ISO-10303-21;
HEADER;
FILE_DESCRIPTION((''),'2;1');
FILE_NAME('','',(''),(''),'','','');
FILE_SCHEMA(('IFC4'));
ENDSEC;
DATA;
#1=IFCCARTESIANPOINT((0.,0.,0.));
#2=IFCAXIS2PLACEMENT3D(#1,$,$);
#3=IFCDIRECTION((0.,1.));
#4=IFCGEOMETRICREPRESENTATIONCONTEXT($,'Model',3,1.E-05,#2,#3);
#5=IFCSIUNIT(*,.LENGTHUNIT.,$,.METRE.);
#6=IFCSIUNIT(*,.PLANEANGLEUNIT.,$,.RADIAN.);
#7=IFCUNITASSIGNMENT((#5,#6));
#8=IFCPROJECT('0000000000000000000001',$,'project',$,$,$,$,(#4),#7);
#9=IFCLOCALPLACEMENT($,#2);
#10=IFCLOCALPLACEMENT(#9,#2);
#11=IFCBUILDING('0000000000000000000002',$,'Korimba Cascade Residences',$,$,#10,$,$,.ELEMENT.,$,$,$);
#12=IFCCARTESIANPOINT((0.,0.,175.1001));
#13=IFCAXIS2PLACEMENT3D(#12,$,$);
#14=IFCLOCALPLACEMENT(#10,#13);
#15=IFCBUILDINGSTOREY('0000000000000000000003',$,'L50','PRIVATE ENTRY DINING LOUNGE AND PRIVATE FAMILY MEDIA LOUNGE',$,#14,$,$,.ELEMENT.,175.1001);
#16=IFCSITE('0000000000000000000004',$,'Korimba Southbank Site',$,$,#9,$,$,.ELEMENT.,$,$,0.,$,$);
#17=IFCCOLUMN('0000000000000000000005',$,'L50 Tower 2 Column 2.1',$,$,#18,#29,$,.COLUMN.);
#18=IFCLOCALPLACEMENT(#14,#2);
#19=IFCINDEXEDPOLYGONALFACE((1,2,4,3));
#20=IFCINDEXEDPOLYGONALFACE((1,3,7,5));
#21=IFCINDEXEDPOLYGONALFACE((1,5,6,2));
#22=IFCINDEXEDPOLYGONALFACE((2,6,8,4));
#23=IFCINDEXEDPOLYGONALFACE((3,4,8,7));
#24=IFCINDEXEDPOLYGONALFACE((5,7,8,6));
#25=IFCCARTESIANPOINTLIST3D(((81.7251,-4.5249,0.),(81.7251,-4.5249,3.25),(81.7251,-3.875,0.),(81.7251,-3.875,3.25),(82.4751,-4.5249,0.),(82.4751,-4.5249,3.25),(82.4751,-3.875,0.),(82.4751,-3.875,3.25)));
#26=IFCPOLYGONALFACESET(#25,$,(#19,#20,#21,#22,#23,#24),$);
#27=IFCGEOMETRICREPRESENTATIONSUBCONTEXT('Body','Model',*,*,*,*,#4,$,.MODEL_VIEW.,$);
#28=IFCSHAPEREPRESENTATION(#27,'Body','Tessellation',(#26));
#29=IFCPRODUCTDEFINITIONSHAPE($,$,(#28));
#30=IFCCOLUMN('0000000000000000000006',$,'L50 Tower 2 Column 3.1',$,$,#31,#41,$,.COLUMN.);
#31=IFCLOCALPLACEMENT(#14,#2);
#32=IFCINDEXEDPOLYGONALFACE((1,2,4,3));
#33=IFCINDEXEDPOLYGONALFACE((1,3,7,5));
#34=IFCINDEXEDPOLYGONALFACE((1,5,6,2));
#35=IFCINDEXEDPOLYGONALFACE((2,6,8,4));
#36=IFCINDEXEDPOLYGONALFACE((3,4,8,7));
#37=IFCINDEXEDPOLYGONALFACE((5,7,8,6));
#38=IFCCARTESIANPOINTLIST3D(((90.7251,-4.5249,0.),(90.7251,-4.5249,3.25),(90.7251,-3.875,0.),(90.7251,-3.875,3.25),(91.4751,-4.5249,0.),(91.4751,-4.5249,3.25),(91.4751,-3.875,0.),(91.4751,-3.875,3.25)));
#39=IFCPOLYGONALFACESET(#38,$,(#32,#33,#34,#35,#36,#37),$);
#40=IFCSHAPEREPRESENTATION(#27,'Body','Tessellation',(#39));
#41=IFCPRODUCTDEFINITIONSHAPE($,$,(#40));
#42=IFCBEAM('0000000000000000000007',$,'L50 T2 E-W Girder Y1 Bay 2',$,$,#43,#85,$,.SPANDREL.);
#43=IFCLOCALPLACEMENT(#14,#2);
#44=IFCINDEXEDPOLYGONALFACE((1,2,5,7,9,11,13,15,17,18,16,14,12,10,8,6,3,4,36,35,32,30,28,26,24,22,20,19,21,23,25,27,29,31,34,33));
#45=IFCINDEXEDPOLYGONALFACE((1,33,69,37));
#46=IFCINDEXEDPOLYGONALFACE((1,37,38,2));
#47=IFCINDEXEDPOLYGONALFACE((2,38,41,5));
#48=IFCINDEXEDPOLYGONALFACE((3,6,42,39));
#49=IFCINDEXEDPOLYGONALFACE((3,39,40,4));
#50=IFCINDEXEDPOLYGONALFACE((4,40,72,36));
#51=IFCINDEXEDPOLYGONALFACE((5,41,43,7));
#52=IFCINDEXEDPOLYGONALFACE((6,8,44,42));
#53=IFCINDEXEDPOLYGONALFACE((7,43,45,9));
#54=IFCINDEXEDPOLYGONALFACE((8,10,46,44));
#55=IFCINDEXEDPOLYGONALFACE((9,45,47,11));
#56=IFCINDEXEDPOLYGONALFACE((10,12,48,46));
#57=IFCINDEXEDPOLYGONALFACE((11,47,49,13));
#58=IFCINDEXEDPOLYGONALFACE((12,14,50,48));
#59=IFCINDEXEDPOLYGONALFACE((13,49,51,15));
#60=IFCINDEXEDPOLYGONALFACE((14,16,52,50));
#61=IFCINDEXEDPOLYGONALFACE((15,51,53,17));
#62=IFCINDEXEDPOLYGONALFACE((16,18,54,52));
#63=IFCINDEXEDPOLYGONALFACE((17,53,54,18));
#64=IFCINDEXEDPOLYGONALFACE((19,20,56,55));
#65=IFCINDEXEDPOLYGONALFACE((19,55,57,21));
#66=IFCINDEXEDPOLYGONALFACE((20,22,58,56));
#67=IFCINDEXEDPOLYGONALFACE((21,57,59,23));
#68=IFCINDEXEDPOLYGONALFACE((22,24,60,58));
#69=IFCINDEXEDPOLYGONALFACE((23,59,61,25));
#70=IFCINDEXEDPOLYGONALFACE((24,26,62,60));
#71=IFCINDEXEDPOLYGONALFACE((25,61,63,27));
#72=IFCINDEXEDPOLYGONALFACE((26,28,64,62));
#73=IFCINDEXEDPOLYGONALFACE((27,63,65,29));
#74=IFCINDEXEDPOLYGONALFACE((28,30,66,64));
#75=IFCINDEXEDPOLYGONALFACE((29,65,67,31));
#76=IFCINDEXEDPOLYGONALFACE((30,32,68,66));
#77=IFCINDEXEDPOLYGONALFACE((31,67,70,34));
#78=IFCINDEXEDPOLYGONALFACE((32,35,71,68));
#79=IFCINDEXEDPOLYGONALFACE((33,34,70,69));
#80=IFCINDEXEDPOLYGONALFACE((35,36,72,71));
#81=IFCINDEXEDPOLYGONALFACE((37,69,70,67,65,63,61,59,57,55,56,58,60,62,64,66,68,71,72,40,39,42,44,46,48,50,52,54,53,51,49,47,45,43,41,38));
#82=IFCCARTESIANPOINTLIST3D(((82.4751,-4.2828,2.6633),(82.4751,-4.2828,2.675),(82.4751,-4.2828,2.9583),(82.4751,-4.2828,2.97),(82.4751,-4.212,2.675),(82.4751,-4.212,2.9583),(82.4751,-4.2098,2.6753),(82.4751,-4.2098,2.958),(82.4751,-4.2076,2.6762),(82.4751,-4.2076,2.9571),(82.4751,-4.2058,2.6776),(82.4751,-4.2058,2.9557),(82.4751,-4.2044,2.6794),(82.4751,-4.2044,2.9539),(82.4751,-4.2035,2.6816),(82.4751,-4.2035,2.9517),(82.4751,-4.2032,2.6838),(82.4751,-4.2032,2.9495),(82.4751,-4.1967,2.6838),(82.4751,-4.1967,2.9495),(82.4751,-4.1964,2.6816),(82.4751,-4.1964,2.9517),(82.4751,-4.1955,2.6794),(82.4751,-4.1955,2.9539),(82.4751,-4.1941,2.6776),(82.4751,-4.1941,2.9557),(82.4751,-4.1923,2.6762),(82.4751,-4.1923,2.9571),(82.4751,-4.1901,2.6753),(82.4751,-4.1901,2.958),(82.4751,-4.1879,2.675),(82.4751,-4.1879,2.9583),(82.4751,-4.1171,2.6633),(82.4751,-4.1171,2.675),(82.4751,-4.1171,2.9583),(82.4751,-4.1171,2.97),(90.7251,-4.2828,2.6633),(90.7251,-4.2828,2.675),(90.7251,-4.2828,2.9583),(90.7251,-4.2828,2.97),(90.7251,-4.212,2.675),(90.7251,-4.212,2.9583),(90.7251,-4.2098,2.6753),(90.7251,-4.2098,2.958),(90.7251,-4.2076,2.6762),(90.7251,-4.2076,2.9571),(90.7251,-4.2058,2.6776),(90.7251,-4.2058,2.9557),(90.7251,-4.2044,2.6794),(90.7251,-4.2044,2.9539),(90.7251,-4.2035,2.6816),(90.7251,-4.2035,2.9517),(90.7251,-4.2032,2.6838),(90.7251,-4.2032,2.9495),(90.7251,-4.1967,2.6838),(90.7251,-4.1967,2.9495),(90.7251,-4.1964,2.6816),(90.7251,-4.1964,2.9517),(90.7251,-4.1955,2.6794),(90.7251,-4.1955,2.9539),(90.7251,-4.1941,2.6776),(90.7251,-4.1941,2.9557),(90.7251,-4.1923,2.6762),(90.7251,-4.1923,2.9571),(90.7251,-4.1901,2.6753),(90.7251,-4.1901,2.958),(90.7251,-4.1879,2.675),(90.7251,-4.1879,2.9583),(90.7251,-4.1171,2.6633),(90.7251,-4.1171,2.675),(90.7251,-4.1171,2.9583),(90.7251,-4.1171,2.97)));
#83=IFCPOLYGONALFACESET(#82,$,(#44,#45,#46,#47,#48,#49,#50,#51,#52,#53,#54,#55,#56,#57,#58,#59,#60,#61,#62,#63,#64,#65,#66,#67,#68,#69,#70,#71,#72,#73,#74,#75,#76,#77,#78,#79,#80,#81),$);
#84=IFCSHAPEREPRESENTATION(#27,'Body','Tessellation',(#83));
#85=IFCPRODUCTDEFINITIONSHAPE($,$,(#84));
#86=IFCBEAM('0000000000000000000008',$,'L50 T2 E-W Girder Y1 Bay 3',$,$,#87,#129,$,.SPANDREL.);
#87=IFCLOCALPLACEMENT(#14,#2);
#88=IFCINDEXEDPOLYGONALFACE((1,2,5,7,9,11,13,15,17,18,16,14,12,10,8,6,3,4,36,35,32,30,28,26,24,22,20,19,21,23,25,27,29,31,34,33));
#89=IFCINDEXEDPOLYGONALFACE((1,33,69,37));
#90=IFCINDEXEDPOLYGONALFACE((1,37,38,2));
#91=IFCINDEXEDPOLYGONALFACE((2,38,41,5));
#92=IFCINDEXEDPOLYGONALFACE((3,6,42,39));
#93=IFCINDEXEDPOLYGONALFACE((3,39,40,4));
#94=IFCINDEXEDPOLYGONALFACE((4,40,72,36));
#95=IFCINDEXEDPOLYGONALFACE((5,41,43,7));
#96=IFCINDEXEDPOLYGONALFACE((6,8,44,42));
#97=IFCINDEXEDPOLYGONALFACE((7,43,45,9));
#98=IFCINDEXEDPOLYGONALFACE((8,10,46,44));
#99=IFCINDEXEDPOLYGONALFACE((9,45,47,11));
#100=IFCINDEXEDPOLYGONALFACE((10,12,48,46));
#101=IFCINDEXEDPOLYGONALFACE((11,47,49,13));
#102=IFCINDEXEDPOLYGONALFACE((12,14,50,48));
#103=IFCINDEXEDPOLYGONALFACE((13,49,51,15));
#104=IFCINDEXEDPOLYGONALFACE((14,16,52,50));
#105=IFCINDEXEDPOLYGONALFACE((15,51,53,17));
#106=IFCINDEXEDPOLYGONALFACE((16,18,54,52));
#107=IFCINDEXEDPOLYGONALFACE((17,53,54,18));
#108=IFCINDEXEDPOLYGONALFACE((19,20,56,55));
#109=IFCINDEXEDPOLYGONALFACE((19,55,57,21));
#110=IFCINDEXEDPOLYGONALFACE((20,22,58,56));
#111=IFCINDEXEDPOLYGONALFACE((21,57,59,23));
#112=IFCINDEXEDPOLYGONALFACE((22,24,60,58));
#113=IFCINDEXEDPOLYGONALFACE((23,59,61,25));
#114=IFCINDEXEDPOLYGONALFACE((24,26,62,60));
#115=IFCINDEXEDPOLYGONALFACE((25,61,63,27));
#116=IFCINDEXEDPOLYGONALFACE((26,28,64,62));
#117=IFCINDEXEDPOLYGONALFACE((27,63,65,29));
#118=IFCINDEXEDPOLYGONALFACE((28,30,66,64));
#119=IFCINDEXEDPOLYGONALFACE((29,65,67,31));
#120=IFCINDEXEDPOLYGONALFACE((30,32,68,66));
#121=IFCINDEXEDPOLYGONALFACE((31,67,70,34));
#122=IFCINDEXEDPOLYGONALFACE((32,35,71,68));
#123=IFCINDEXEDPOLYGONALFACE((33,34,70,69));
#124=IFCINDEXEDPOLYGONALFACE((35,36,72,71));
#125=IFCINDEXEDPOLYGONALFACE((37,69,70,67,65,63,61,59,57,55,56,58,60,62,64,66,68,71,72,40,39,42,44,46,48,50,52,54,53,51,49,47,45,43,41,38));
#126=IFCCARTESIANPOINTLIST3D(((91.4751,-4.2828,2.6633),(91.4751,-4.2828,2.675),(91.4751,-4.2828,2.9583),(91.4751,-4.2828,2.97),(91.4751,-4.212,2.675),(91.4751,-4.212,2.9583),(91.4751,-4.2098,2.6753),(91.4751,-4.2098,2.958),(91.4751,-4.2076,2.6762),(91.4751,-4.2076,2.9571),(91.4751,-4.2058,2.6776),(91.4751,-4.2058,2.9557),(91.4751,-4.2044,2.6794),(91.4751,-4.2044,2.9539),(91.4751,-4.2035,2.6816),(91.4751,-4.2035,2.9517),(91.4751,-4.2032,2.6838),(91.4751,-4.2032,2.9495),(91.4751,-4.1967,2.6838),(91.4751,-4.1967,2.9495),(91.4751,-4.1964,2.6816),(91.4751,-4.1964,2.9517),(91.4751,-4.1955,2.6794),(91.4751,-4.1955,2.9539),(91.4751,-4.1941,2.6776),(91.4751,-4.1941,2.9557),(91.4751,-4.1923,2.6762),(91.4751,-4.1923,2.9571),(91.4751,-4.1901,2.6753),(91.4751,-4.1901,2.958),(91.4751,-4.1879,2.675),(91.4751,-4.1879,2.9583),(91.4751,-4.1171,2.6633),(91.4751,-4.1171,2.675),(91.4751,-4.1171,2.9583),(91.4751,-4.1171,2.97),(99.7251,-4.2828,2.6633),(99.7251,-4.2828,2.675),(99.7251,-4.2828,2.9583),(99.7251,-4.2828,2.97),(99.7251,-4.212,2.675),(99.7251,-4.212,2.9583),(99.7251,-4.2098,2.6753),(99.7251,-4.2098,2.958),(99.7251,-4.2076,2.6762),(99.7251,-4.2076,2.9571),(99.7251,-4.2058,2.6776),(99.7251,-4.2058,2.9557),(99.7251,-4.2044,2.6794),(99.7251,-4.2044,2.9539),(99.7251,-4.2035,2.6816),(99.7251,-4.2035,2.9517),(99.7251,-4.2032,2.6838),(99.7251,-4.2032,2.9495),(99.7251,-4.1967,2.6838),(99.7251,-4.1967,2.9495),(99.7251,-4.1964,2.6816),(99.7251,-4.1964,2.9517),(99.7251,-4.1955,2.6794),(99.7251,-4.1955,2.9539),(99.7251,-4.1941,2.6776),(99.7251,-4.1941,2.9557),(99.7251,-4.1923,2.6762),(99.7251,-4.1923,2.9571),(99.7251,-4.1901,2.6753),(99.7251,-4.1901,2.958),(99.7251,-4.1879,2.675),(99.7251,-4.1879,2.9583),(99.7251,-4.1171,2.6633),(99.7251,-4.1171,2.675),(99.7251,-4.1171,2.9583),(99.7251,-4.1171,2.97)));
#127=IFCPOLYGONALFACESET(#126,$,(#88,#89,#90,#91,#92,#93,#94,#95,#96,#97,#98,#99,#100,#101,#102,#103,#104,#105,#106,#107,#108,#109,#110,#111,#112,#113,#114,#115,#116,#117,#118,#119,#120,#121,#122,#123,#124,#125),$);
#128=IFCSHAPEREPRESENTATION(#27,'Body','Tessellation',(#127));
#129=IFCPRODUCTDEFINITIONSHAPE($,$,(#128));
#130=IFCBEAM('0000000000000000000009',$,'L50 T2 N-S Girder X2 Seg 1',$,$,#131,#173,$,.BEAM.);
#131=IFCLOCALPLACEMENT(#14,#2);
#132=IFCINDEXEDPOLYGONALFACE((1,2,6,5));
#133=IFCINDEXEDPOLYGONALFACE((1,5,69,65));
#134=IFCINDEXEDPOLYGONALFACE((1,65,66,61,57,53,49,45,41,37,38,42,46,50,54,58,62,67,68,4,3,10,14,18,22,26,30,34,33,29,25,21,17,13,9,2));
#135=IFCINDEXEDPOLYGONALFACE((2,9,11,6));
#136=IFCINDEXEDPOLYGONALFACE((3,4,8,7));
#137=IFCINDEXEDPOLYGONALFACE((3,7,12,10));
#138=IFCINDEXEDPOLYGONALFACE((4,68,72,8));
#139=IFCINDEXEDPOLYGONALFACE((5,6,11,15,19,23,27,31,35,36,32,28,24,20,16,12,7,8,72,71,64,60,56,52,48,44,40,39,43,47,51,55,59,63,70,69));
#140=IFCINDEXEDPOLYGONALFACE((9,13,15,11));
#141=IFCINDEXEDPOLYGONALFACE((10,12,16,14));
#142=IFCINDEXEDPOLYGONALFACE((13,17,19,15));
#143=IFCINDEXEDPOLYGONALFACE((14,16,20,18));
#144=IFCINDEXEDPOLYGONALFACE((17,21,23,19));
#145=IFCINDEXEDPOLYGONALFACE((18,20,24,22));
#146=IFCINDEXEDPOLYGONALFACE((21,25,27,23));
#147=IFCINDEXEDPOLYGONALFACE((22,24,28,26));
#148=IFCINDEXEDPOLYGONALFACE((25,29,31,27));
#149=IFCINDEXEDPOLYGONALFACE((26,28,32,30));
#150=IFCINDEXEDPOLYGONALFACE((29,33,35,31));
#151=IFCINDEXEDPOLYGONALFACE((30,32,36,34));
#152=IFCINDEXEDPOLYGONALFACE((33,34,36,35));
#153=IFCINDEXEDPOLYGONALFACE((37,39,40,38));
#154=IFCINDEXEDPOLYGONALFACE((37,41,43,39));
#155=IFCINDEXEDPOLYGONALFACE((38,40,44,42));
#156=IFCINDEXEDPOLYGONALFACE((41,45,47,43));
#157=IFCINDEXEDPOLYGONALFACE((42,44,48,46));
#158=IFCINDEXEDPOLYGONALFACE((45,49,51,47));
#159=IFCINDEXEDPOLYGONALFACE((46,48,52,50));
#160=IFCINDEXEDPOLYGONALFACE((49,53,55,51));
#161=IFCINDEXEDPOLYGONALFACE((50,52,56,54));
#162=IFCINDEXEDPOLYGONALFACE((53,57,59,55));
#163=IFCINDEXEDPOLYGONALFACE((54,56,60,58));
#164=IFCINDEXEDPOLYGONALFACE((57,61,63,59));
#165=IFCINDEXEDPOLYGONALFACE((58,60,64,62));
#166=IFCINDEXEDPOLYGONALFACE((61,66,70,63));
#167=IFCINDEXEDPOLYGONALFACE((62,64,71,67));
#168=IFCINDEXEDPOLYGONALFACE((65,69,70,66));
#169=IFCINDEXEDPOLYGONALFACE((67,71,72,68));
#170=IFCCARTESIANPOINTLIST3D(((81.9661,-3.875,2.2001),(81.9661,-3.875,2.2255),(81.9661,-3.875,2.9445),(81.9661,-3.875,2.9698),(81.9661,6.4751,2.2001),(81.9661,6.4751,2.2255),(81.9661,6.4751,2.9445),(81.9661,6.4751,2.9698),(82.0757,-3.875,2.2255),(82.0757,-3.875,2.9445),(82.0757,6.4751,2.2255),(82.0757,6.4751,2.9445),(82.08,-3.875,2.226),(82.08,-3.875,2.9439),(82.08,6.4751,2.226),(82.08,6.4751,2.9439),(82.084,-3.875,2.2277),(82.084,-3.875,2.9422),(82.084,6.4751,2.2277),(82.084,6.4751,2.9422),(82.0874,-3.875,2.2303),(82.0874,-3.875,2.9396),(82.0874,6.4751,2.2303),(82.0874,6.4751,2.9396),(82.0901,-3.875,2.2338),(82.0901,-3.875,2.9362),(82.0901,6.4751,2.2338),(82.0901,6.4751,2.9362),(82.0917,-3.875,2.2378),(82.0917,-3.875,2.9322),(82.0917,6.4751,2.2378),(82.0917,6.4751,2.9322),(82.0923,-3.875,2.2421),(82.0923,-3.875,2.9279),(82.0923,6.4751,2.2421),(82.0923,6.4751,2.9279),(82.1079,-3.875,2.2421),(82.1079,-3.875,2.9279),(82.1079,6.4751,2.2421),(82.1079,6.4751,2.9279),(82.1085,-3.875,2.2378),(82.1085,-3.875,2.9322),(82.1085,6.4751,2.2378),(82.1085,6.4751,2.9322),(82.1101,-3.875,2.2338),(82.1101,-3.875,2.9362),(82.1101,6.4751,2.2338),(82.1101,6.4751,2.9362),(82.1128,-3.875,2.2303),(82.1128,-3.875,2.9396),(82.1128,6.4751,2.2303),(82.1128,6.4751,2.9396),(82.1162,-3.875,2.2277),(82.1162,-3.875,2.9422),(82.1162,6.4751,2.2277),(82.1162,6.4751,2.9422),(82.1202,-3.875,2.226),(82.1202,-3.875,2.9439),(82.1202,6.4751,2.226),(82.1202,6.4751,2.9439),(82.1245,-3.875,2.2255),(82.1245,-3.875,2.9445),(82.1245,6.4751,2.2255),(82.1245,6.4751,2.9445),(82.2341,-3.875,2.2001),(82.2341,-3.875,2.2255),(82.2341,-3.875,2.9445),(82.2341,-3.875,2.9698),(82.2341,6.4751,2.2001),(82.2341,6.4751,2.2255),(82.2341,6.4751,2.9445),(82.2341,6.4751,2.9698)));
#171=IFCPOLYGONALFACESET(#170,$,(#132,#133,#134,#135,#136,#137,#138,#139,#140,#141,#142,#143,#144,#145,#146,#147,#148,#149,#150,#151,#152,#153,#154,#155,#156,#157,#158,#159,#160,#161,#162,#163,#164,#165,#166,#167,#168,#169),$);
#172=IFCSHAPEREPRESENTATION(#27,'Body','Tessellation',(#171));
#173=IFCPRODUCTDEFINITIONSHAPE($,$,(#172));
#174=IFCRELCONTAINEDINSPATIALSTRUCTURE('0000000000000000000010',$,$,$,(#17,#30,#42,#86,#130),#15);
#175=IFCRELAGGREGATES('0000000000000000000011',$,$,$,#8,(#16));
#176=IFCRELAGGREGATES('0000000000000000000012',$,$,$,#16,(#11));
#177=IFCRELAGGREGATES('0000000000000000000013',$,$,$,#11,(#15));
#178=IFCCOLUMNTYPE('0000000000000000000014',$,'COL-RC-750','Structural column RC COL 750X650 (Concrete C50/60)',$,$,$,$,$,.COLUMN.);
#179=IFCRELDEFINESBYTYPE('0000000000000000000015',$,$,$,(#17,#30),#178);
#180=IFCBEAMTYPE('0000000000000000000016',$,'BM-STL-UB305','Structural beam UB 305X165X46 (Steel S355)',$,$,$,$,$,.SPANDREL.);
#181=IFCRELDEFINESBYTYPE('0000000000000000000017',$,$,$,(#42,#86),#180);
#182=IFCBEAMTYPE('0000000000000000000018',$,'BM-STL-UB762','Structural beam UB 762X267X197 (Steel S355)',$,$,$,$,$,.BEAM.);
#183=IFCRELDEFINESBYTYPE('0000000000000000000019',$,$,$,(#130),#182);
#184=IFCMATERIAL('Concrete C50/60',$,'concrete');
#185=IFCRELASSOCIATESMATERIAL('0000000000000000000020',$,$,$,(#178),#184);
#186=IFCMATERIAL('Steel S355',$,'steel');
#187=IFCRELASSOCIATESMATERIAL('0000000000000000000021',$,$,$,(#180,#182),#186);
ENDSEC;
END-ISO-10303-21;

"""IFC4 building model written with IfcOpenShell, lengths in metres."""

from ifc_helpers import new_model, si_unit, direction, frame, origin, origin_2d, place, context, subcontext, project, spatial, rectangle, i_section, extrude, material, material_profile, profile_set, type_object, element, save


model = new_model("IFC4")

# Units and contexts
model_context = context("Model", 3, precision=1e-05, world=origin(), true_north=direction((0.0, 1.0)))
body_context = subcontext(model_context, "Body", "Model", "MODEL_VIEW")
ifc_project = project(units=[si_unit("LENGTHUNIT", "METRE"), si_unit("PLANEANGLEUNIT", "RADIAN")], contexts=[model_context])

# Site, building, storey
site_placement = place(None, origin())
site = spatial("IfcSite", under=ifc_project, at=site_placement, Name="Korimba Southbank Site", CompositionType="ELEMENT", RefElevation=0.0)
building_placement = place(site_placement, origin())
building = spatial("IfcBuilding", under=site, at=building_placement, Name="Korimba Cascade Residences", CompositionType="ELEMENT")
storey_placement = place(building_placement, frame((0.0, 0.0, 175.1001)))
storey = spatial("IfcBuildingStorey", under=building, at=storey_placement, Name="L50", Description="PRIVATE ENTRY DINING LOUNGE AND PRIVATE FAMILY MEDIA LOUNGE", CompositionType="ELEMENT", Elevation=175.1001)

# Columns
ifc_material_1 = material(Name="Concrete C50/60", Category="concrete")
ifc_material_profile_1 = material_profile(ifc_material_1, rectangle(XDim=0.75, YDim=0.6499, at=origin_2d()), Name="Concrete C50/60")
ifc_profile_set_1 = profile_set([ifc_material_profile_1], Name="Concrete C50/60")
column_type = type_object("IfcColumnType", Name="COL-RC-750", Description="Structural column RC COL 750X650 (Concrete C50/60)", PredefinedType="COLUMN", material=ifc_profile_set_1)
for number, where, z_axis, x_axis, name in (
    (1, (82.1001, -4.2, 0.0), (0.0, 0.0, 1.0), (1.0, 0.0, 0.0), "L50 Tower 2 Column 2.1"),
    (2, (91.1001, -4.2, 0.0), (0.0, 0.0, 1.0), (1.0, 0.0, 0.0), "L50 Tower 2 Column 3.1"),
):
    element("IfcColumn", number, at=place(storey_placement, frame(where, z_axis=z_axis, x_axis=x_axis)), inside=storey, type_object=column_type, Name=name, PredefinedType="COLUMN", context=body_context, shape_type="SweptSolid", body=[
        extrude(rectangle(XDim=0.75, YDim=0.6499, at=origin_2d()), origin(), (0.0, 0.0, 1.0), 3.25),
    ])

# Beams
ifc_material_2 = material(Name="Steel S355", Category="steel")
ifc_material_profile_2 = material_profile(ifc_material_2, i_section(OverallWidth=0.1658, OverallDepth=0.3066, WebThickness=0.0066, FlangeThickness=0.0117, FilletRadius=0.0088, at=origin_2d()), Name="Steel S355")
ifc_profile_set_2 = profile_set([ifc_material_profile_2], Name="Steel S355")
beam_type_1 = type_object("IfcBeamType", Name="BM-STL-UB305", Description="Structural beam UB 305X165X46 (Steel S355)", PredefinedType="SPANDREL", material=ifc_profile_set_2)
for number, where, z_axis, x_axis, name in (
    (3, (82.4751, -4.2, 2.8167), (1.0, 0.0, 0.0), (0.0, 1.0, 0.0), "L50 T2 E-W Girder Y1 Bay 2"),
    (4, (91.4751, -4.2, 2.8167), (1.0, 0.0, 0.0), (0.0, 1.0, 0.0), "L50 T2 E-W Girder Y1 Bay 3"),
):
    element("IfcBeam", number, at=place(storey_placement, frame(where, z_axis=z_axis, x_axis=x_axis)), inside=storey, type_object=beam_type_1, Name=name, PredefinedType="SPANDREL", context=body_context, shape_type="SweptSolid", body=[
        extrude(i_section(OverallWidth=0.1658, OverallDepth=0.3066, WebThickness=0.0066, FlangeThickness=0.0117, FilletRadius=0.0088, at=origin_2d()), origin(), (0.0, 0.0, 1.0), 8.25),
    ])
ifc_material_profile_3 = material_profile(ifc_material_2, i_section(OverallWidth=0.2681, OverallDepth=0.7698, WebThickness=0.0156, FlangeThickness=0.0254, FilletRadius=0.0166, at=origin_2d()), Name="Steel S355")
ifc_profile_set_3 = profile_set([ifc_material_profile_3], Name="Steel S355")
beam_type_2 = type_object("IfcBeamType", Name="BM-STL-UB762", Description="Structural beam UB 762X267X197 (Steel S355)", PredefinedType="BEAM", material=ifc_profile_set_3)
for number, where, z_axis, x_axis, name in (
    (5, (82.1001, -3.875, 2.585), (0.0, 1.0, 0.0), (-1.0, 0.0, 0.0), "L50 T2 N-S Girder X2 Seg 1"),
):
    element("IfcBeam", number, at=place(storey_placement, frame(where, z_axis=z_axis, x_axis=x_axis)), inside=storey, type_object=beam_type_2, Name=name, PredefinedType="BEAM", context=body_context, shape_type="SweptSolid", body=[
        extrude(i_section(OverallWidth=0.2681, OverallDepth=0.7698, WebThickness=0.0156, FlangeThickness=0.0254, FilletRadius=0.0166, at=origin_2d()), origin(), (0.0, 0.0, 1.0), 10.3501),
    ])

save(model, "model.ifc")
